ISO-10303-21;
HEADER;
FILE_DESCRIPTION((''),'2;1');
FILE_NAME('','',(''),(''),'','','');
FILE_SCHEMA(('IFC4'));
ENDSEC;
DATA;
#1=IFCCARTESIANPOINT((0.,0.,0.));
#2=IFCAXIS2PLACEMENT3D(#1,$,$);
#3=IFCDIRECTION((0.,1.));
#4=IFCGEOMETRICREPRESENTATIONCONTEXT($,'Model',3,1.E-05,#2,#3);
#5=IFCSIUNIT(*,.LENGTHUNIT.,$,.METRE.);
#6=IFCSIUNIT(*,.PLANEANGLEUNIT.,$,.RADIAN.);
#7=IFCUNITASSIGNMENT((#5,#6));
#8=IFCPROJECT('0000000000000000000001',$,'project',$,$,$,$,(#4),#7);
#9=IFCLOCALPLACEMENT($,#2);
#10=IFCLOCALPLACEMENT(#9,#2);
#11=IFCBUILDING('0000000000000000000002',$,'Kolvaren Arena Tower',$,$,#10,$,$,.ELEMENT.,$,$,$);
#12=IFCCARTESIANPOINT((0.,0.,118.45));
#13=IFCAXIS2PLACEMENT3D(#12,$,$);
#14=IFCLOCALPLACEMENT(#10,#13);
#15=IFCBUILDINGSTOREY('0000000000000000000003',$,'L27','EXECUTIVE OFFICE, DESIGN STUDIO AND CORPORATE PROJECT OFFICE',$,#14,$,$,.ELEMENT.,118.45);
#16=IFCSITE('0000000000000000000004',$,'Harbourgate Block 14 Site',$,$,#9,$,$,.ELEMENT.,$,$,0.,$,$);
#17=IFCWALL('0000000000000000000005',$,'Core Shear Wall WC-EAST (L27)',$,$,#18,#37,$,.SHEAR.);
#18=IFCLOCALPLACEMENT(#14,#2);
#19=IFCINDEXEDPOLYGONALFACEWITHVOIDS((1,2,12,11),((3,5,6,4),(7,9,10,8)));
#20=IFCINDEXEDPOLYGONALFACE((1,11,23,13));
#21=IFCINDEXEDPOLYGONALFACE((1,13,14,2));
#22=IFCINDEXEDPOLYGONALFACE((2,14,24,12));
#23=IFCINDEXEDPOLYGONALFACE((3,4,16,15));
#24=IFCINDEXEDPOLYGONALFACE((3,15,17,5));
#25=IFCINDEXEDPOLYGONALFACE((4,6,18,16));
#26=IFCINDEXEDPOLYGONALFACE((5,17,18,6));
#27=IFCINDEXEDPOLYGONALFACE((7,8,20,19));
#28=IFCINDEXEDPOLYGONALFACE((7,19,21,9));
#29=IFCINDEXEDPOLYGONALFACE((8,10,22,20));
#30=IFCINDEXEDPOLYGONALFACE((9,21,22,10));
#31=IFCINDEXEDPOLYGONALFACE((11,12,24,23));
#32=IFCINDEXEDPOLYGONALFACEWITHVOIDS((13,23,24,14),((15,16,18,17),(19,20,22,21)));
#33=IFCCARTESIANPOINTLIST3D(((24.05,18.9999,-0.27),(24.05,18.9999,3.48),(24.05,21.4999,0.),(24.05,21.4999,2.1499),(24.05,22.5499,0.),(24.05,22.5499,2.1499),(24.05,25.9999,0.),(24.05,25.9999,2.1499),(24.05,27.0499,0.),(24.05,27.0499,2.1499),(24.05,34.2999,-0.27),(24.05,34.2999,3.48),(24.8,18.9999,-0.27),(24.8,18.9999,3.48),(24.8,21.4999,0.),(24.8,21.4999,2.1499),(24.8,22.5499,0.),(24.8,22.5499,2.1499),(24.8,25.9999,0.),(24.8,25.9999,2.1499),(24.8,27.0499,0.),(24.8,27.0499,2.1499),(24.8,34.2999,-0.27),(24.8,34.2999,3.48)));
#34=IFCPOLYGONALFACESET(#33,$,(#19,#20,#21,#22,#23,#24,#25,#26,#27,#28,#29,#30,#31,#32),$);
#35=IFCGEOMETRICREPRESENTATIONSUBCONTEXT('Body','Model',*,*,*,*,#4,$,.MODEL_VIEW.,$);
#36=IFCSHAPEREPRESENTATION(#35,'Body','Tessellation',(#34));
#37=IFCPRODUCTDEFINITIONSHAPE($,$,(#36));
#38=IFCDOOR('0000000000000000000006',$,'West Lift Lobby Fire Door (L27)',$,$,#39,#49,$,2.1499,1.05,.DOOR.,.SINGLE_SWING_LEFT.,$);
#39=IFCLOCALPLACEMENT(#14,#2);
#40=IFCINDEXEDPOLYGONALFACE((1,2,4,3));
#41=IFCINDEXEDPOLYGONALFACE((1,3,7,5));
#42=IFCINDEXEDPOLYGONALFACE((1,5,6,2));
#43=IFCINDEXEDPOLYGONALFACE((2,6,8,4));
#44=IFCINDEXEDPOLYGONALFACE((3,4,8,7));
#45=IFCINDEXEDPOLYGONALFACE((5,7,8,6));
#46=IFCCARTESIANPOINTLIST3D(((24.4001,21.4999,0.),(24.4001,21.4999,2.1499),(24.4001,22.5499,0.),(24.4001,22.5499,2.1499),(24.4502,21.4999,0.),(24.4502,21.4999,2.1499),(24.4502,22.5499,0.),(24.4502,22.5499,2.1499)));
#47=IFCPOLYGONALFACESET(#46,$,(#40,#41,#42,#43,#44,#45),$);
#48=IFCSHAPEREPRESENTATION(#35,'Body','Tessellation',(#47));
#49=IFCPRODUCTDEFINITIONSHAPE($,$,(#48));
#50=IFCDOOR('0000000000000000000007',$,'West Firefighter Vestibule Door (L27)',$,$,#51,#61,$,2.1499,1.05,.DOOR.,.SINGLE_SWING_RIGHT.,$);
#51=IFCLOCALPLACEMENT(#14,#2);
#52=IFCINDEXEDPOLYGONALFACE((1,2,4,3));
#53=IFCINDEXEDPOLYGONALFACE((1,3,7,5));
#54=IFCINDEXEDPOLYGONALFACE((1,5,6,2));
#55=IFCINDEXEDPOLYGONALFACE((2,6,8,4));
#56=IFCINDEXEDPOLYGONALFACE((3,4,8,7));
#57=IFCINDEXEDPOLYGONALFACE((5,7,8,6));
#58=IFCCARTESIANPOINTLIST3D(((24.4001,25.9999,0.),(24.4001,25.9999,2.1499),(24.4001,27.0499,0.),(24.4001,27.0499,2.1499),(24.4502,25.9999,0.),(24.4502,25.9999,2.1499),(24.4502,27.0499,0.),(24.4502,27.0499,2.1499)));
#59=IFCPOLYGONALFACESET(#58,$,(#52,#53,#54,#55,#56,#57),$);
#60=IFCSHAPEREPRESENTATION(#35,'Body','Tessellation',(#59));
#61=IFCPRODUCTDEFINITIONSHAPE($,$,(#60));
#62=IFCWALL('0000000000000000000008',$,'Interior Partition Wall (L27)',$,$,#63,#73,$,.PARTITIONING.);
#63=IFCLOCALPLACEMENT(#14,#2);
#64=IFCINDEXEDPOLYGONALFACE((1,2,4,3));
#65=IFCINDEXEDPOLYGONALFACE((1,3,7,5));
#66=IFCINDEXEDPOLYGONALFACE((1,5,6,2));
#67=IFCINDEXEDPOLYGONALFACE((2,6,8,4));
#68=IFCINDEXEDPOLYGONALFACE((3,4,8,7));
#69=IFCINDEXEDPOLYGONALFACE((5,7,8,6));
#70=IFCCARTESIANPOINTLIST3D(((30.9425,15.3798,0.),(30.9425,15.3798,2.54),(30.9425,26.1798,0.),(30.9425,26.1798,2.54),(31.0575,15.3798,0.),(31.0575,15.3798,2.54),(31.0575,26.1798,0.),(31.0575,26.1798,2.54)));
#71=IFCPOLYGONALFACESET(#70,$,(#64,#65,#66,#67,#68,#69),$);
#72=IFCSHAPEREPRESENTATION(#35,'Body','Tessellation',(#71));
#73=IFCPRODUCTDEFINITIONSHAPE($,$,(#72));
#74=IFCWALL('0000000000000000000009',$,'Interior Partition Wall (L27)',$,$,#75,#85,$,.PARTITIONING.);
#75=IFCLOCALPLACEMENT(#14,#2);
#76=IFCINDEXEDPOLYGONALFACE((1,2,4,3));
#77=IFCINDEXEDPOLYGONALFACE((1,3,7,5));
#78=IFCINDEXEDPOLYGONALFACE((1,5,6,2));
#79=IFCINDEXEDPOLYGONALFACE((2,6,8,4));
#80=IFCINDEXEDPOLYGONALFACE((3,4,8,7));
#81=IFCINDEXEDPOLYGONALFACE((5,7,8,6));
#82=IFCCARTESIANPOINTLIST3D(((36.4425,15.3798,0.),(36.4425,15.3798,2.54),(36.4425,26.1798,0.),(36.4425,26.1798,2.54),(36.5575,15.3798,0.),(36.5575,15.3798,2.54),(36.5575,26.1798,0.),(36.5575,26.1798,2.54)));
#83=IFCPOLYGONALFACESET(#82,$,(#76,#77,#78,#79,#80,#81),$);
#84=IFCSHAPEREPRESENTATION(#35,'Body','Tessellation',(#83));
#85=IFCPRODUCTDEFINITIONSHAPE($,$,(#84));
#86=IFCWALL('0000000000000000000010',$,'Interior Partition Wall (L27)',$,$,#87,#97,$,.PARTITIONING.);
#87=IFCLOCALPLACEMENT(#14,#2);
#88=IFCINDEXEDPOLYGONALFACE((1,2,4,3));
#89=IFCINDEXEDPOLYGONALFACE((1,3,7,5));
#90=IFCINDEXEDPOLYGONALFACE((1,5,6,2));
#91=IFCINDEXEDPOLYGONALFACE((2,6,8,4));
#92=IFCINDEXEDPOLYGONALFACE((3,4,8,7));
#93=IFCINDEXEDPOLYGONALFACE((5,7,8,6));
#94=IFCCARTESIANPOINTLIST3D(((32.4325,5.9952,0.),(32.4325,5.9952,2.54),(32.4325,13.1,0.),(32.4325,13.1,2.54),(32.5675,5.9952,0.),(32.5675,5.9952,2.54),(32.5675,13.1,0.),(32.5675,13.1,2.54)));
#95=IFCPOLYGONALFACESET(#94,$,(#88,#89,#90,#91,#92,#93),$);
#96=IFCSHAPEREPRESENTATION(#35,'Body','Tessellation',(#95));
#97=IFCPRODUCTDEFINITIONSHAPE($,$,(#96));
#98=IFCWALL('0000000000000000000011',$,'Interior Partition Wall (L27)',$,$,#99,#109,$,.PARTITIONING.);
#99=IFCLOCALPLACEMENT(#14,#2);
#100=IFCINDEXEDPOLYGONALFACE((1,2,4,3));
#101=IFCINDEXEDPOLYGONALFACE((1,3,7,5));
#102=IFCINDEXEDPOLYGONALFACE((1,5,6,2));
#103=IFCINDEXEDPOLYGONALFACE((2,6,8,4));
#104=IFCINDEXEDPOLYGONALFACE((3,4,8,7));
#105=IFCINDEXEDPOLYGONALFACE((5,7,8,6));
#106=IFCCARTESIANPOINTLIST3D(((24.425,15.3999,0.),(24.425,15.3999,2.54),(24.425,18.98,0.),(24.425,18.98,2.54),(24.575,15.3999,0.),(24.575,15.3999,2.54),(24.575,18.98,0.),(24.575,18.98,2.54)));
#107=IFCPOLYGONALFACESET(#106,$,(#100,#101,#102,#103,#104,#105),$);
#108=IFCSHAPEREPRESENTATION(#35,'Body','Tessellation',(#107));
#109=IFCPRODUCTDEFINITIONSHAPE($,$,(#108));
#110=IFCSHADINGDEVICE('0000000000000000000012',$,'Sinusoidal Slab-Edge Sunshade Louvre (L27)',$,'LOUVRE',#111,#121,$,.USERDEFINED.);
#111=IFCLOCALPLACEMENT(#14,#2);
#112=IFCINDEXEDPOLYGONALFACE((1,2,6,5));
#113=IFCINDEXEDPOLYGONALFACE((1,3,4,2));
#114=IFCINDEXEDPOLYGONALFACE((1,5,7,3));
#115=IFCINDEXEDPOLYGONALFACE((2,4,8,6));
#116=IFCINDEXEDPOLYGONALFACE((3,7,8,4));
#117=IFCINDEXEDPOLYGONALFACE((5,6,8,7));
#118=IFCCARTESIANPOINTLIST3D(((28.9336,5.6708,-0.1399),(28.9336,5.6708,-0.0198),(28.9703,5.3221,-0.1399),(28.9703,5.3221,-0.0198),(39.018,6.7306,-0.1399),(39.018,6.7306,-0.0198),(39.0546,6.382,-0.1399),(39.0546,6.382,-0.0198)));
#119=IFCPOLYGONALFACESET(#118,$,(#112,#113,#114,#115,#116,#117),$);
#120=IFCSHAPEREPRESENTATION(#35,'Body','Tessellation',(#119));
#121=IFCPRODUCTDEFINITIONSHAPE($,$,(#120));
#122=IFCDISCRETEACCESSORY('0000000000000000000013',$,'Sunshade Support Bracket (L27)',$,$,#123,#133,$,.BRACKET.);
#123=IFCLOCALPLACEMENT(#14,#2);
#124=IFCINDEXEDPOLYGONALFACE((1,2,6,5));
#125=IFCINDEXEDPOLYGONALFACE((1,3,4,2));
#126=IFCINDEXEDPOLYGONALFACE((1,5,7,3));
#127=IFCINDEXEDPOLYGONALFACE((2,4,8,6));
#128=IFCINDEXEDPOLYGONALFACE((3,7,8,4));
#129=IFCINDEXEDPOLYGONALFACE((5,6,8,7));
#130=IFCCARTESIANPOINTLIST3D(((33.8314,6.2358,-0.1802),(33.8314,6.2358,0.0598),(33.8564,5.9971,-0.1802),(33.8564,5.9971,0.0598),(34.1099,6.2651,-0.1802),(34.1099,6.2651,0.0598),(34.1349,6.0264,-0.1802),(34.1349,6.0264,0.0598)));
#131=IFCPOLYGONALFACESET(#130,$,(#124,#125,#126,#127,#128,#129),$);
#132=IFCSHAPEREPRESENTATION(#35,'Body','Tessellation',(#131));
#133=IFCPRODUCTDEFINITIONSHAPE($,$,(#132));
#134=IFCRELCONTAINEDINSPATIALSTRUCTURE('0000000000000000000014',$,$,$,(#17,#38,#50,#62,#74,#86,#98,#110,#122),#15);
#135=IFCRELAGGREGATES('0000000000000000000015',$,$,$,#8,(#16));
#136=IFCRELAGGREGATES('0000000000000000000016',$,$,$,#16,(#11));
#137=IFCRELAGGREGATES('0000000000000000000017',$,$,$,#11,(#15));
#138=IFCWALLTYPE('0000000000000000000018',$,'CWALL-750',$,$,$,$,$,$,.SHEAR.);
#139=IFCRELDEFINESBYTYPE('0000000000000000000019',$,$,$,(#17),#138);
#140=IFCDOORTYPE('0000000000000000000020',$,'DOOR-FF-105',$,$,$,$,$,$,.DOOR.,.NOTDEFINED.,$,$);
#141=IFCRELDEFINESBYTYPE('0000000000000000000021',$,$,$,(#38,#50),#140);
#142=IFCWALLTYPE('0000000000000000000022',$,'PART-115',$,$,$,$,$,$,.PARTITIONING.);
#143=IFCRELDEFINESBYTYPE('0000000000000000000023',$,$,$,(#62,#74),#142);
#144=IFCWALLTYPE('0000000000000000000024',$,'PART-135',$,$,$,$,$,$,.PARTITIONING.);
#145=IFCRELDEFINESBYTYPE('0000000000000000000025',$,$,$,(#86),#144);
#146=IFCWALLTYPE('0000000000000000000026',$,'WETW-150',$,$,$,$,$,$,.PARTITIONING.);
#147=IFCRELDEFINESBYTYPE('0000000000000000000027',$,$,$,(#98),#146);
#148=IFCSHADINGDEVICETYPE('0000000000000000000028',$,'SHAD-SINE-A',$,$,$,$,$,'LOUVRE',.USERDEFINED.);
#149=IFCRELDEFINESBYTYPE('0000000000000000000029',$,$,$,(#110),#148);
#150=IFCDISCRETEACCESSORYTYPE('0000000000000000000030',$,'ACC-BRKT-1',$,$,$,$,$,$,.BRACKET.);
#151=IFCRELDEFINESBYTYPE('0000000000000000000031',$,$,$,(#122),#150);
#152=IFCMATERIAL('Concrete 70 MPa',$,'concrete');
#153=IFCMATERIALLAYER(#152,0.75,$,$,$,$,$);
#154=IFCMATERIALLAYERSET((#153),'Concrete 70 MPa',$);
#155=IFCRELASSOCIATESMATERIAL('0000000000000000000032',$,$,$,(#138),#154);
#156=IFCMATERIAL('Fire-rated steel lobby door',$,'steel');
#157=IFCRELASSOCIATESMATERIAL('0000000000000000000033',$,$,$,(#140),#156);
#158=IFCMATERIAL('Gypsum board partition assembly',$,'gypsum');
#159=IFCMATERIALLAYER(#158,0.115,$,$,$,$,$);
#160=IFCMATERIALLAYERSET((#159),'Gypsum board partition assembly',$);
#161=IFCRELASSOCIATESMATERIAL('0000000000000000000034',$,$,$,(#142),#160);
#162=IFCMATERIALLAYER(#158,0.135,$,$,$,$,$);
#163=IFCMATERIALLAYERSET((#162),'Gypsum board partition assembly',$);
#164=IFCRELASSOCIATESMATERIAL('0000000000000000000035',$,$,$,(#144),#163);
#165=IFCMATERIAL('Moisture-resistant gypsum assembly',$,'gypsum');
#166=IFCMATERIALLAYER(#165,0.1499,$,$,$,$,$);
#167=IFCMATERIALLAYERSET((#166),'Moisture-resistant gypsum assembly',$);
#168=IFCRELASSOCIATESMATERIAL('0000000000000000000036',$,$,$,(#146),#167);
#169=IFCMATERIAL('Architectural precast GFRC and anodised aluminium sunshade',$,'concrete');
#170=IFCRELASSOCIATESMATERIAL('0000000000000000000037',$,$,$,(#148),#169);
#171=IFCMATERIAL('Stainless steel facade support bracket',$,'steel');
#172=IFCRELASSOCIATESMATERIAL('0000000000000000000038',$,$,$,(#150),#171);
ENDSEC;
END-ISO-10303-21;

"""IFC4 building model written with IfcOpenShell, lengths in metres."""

from ifc_helpers import new_model, si_unit, direction, frame, frame_2d, origin, origin_2d, place, context, subcontext, project, spatial, rectangle, extrude, material, layer, layer_set, type_object, element, fill, save


model = new_model("IFC4")

# Units and contexts
model_context = context("Model", 3, precision=1e-05, world=origin(), true_north=direction((0.0, 1.0)))
body_context = subcontext(model_context, "Body", "Model", "MODEL_VIEW")
ifc_project = project(units=[si_unit("LENGTHUNIT", "METRE"), si_unit("PLANEANGLEUNIT", "RADIAN")], contexts=[model_context])

# Site, building, storey
site_placement = place(None, origin())
site = spatial("IfcSite", under=ifc_project, at=site_placement, Name="Harbourgate Block 14 Site", CompositionType="ELEMENT", RefElevation=0.0)
building_placement = place(site_placement, origin())
building = spatial("IfcBuilding", under=site, at=building_placement, Name="Kolvaren Arena Tower", CompositionType="ELEMENT")
storey_placement = place(building_placement, frame((0.0, 0.0, 118.45)))
storey = spatial("IfcBuildingStorey", under=building, at=storey_placement, Name="L27", Description="EXECUTIVE OFFICE, DESIGN STUDIO AND CORPORATE PROJECT OFFICE", CompositionType="ELEMENT", Elevation=118.45)

# Wall, openings, doors
ifc_material_1 = material(Name="Concrete 70 MPa", Category="concrete")
ifc_layer_1 = layer(ifc_material_1, 0.75)
ifc_layer_set_1 = layer_set([ifc_layer_1], Name="Concrete 70 MPa")
wall_type_1 = type_object("IfcWallType", Name="CWALL-750", PredefinedType="SHEAR", material=ifc_layer_set_1)
wall_1_placement = place(storey_placement, frame((24.425, 19.0, -0.27), z_axis=(0.0, 0.0, 1.0), x_axis=(0.0, 1.0, 0.0)))
wall_1 = element("IfcWall", 1, at=wall_1_placement, inside=storey, type_object=wall_type_1, Name="Core Shear Wall WC-EAST (L27)", PredefinedType="SHEAR", context=body_context, shape_type="SweptSolid", body=[
    extrude(rectangle(XDim=15.3, YDim=0.75, at=frame_2d((7.6499, 0.0))), origin(), (0.0, 0.0, 1.0), 3.75),
])
opening_1_placement = place(wall_1_placement, frame((2.5, 0.0, 0.27)))
opening_1 = element("IfcOpeningElement", 2, at=opening_1_placement, cuts=wall_1, PredefinedType="OPENING", context=body_context, shape_type="SweptSolid", body=[
    extrude(rectangle(XDim=1.05, YDim=2.1499, at=frame_2d((0.5249, 1.075))), frame((0.0, 0.385, 0.0), z_axis=(0.0, -1.0, 0.0), x_axis=(1.0, 0.0, 0.0)), (0.0, 0.0, 1.0), 0.77),
])
opening_2_placement = place(wall_1_placement, frame((7.0, 0.0, 0.27)))
opening_2 = element("IfcOpeningElement", 3, at=opening_2_placement, cuts=wall_1, PredefinedType="OPENING", context=body_context, shape_type="SweptSolid", body=[
    extrude(rectangle(XDim=1.05, YDim=2.1499, at=frame_2d((0.5249, 1.075))), frame((0.0, 0.385, 0.0), z_axis=(0.0, -1.0, 0.0), x_axis=(1.0, 0.0, 0.0)), (0.0, 0.0, 1.0), 0.77),
])
ifc_material_2 = material(Name="Fire-rated steel lobby door", Category="steel")
door_type = type_object("IfcDoorType", Name="DOOR-FF-105", OperationType="NOTDEFINED", PredefinedType="DOOR", material=ifc_material_2)
door_1_placement = place(opening_1_placement, origin())
door_1 = element("IfcDoor", 4, at=door_1_placement, inside=storey, type_object=door_type, Name="West Lift Lobby Fire Door (L27)", OperationType="SINGLE_SWING_LEFT", OverallHeight=2.1499, OverallWidth=1.05, PredefinedType="DOOR", context=body_context, shape_type="SweptSolid", body=[
    extrude(rectangle(XDim=1.05, YDim=2.1499, at=frame_2d((0.5249, 1.075))), frame((0.0, 0.0249, 0.0), z_axis=(0.0, -1.0, 0.0), x_axis=(1.0, 0.0, 0.0)), (0.0, 0.0, 1.0), 0.05),
])
fill(opening_1, door_1)
door_2_placement = place(opening_2_placement, origin())
door_2 = element("IfcDoor", 5, at=door_2_placement, inside=storey, type_object=door_type, Name="West Firefighter Vestibule Door (L27)", OperationType="SINGLE_SWING_RIGHT", OverallHeight=2.1499, OverallWidth=1.05, PredefinedType="DOOR", context=body_context, shape_type="SweptSolid", body=[
    extrude(rectangle(XDim=1.05, YDim=2.1499, at=frame_2d((0.5249, 1.075))), frame((0.0, 0.0249, 0.0), z_axis=(0.0, -1.0, 0.0), x_axis=(1.0, 0.0, 0.0)), (0.0, 0.0, 1.0), 0.05),
])
fill(opening_2, door_2)

# Walls
ifc_material_3 = material(Name="Gypsum board partition assembly", Category="gypsum")
ifc_layer_2 = layer(ifc_material_3, 0.115)
ifc_layer_set_2 = layer_set([ifc_layer_2], Name="Gypsum board partition assembly")
wall_type_2 = type_object("IfcWallType", Name="PART-115", PredefinedType="PARTITIONING", material=ifc_layer_set_2)
for number, where, z_axis, x_axis, name in (
    (6, (31.0, 15.3799, 0.0), (0.0, 0.0, 1.0), (0.0, 1.0, 0.0), "Interior Partition Wall (L27)"),
    (7, (36.5, 15.3799, 0.0), (0.0, 0.0, 1.0), (0.0, 1.0, 0.0), "Interior Partition Wall (L27)"),
):
    element("IfcWall", number, at=place(storey_placement, frame(where, z_axis=z_axis, x_axis=x_axis)), inside=storey, type_object=wall_type_2, Name=name, PredefinedType="PARTITIONING", context=body_context, shape_type="SweptSolid", body=[
        extrude(rectangle(XDim=10.8, YDim=0.115, at=frame_2d((5.3999, 0.0))), origin(), (0.0, 0.0, 1.0), 2.54),
    ])
ifc_layer_3 = layer(ifc_material_3, 0.135)
ifc_layer_set_3 = layer_set([ifc_layer_3], Name="Gypsum board partition assembly")
wall_type_3 = type_object("IfcWallType", Name="PART-135", PredefinedType="PARTITIONING", material=ifc_layer_set_3)
wall_2_placement = place(storey_placement, frame((32.5, 5.9954, 0.0), z_axis=(0.0, 0.0, 1.0), x_axis=(0.0, 1.0, 0.0)))
element("IfcWall", 8, at=wall_2_placement, inside=storey, type_object=wall_type_3, Name="Interior Partition Wall (L27)", PredefinedType="PARTITIONING", context=body_context, shape_type="SweptSolid", body=[
    extrude(rectangle(XDim=7.1047, YDim=0.135, at=frame_2d((3.5522, 0.0))), origin(), (0.0, 0.0, 1.0), 2.54),
])
ifc_material_4 = material(Name="Moisture-resistant gypsum assembly", Category="gypsum")
ifc_layer_4 = layer(ifc_material_4, 0.1499)
ifc_layer_set_4 = layer_set([ifc_layer_4], Name="Moisture-resistant gypsum assembly")
wall_type_4 = type_object("IfcWallType", Name="WETW-150", PredefinedType="PARTITIONING", material=ifc_layer_set_4)
wall_3_placement = place(storey_placement, frame((24.5, 15.3999, 0.0), z_axis=(0.0, 0.0, 1.0), x_axis=(0.0, 1.0, 0.0)))
element("IfcWall", 9, at=wall_3_placement, inside=storey, type_object=wall_type_4, Name="Interior Partition Wall (L27)", PredefinedType="PARTITIONING", context=body_context, shape_type="SweptSolid", body=[
    extrude(rectangle(XDim=3.5801, YDim=0.1499, at=frame_2d((1.79, 0.0))), origin(), (0.0, 0.0, 1.0), 2.54),
])

# Shading device
ifc_material_5 = material(Name="Architectural precast GFRC and anodised aluminium sunshade", Category="concrete")
shading_device_type = type_object("IfcShadingDeviceType", Name="SHAD-SINE-A", ElementType="LOUVRE", PredefinedType="USERDEFINED", material=ifc_material_5)
shading_device_placement = place(storey_placement, frame((33.9941, 6.0264, -0.1399), z_axis=(0.0, 0.0, 1.0), x_axis=(-0.994522, -0.104527, 0.0)))
element("IfcShadingDevice", 10, at=shading_device_placement, inside=storey, type_object=shading_device_type, Name="Sinusoidal Slab-Edge Sunshade Louvre (L27)", ObjectType="LOUVRE", PredefinedType="USERDEFINED", context=body_context, shape_type="SweptSolid", body=[
    extrude(rectangle(XDim=10.1399, YDim=0.3506, at=origin_2d()), origin(), (0.0, 0.0, 1.0), 0.1201),
])

# Discrete accessory
ifc_material_6 = material(Name="Stainless steel facade support bracket", Category="steel")
discrete_accessory_type = type_object("IfcDiscreteAccessoryType", Name="ACC-BRKT-1", PredefinedType="BRACKET", material=ifc_material_6)
discrete_accessory_placement = place(storey_placement, frame((33.9832, 6.1311, -0.1802), z_axis=(0.0, 0.0, 1.0), x_axis=(-0.994522, -0.104527, 0.0)))
element("IfcDiscreteAccessory", 11, at=discrete_accessory_placement, inside=storey, type_object=discrete_accessory_type, Name="Sunshade Support Bracket (L27)", PredefinedType="BRACKET", context=body_context, shape_type="SweptSolid", body=[
    extrude(rectangle(XDim=0.28, YDim=0.24, at=origin_2d()), origin(), (0.0, 0.0, 1.0), 0.24),
])

save(model, "model.ifc")
